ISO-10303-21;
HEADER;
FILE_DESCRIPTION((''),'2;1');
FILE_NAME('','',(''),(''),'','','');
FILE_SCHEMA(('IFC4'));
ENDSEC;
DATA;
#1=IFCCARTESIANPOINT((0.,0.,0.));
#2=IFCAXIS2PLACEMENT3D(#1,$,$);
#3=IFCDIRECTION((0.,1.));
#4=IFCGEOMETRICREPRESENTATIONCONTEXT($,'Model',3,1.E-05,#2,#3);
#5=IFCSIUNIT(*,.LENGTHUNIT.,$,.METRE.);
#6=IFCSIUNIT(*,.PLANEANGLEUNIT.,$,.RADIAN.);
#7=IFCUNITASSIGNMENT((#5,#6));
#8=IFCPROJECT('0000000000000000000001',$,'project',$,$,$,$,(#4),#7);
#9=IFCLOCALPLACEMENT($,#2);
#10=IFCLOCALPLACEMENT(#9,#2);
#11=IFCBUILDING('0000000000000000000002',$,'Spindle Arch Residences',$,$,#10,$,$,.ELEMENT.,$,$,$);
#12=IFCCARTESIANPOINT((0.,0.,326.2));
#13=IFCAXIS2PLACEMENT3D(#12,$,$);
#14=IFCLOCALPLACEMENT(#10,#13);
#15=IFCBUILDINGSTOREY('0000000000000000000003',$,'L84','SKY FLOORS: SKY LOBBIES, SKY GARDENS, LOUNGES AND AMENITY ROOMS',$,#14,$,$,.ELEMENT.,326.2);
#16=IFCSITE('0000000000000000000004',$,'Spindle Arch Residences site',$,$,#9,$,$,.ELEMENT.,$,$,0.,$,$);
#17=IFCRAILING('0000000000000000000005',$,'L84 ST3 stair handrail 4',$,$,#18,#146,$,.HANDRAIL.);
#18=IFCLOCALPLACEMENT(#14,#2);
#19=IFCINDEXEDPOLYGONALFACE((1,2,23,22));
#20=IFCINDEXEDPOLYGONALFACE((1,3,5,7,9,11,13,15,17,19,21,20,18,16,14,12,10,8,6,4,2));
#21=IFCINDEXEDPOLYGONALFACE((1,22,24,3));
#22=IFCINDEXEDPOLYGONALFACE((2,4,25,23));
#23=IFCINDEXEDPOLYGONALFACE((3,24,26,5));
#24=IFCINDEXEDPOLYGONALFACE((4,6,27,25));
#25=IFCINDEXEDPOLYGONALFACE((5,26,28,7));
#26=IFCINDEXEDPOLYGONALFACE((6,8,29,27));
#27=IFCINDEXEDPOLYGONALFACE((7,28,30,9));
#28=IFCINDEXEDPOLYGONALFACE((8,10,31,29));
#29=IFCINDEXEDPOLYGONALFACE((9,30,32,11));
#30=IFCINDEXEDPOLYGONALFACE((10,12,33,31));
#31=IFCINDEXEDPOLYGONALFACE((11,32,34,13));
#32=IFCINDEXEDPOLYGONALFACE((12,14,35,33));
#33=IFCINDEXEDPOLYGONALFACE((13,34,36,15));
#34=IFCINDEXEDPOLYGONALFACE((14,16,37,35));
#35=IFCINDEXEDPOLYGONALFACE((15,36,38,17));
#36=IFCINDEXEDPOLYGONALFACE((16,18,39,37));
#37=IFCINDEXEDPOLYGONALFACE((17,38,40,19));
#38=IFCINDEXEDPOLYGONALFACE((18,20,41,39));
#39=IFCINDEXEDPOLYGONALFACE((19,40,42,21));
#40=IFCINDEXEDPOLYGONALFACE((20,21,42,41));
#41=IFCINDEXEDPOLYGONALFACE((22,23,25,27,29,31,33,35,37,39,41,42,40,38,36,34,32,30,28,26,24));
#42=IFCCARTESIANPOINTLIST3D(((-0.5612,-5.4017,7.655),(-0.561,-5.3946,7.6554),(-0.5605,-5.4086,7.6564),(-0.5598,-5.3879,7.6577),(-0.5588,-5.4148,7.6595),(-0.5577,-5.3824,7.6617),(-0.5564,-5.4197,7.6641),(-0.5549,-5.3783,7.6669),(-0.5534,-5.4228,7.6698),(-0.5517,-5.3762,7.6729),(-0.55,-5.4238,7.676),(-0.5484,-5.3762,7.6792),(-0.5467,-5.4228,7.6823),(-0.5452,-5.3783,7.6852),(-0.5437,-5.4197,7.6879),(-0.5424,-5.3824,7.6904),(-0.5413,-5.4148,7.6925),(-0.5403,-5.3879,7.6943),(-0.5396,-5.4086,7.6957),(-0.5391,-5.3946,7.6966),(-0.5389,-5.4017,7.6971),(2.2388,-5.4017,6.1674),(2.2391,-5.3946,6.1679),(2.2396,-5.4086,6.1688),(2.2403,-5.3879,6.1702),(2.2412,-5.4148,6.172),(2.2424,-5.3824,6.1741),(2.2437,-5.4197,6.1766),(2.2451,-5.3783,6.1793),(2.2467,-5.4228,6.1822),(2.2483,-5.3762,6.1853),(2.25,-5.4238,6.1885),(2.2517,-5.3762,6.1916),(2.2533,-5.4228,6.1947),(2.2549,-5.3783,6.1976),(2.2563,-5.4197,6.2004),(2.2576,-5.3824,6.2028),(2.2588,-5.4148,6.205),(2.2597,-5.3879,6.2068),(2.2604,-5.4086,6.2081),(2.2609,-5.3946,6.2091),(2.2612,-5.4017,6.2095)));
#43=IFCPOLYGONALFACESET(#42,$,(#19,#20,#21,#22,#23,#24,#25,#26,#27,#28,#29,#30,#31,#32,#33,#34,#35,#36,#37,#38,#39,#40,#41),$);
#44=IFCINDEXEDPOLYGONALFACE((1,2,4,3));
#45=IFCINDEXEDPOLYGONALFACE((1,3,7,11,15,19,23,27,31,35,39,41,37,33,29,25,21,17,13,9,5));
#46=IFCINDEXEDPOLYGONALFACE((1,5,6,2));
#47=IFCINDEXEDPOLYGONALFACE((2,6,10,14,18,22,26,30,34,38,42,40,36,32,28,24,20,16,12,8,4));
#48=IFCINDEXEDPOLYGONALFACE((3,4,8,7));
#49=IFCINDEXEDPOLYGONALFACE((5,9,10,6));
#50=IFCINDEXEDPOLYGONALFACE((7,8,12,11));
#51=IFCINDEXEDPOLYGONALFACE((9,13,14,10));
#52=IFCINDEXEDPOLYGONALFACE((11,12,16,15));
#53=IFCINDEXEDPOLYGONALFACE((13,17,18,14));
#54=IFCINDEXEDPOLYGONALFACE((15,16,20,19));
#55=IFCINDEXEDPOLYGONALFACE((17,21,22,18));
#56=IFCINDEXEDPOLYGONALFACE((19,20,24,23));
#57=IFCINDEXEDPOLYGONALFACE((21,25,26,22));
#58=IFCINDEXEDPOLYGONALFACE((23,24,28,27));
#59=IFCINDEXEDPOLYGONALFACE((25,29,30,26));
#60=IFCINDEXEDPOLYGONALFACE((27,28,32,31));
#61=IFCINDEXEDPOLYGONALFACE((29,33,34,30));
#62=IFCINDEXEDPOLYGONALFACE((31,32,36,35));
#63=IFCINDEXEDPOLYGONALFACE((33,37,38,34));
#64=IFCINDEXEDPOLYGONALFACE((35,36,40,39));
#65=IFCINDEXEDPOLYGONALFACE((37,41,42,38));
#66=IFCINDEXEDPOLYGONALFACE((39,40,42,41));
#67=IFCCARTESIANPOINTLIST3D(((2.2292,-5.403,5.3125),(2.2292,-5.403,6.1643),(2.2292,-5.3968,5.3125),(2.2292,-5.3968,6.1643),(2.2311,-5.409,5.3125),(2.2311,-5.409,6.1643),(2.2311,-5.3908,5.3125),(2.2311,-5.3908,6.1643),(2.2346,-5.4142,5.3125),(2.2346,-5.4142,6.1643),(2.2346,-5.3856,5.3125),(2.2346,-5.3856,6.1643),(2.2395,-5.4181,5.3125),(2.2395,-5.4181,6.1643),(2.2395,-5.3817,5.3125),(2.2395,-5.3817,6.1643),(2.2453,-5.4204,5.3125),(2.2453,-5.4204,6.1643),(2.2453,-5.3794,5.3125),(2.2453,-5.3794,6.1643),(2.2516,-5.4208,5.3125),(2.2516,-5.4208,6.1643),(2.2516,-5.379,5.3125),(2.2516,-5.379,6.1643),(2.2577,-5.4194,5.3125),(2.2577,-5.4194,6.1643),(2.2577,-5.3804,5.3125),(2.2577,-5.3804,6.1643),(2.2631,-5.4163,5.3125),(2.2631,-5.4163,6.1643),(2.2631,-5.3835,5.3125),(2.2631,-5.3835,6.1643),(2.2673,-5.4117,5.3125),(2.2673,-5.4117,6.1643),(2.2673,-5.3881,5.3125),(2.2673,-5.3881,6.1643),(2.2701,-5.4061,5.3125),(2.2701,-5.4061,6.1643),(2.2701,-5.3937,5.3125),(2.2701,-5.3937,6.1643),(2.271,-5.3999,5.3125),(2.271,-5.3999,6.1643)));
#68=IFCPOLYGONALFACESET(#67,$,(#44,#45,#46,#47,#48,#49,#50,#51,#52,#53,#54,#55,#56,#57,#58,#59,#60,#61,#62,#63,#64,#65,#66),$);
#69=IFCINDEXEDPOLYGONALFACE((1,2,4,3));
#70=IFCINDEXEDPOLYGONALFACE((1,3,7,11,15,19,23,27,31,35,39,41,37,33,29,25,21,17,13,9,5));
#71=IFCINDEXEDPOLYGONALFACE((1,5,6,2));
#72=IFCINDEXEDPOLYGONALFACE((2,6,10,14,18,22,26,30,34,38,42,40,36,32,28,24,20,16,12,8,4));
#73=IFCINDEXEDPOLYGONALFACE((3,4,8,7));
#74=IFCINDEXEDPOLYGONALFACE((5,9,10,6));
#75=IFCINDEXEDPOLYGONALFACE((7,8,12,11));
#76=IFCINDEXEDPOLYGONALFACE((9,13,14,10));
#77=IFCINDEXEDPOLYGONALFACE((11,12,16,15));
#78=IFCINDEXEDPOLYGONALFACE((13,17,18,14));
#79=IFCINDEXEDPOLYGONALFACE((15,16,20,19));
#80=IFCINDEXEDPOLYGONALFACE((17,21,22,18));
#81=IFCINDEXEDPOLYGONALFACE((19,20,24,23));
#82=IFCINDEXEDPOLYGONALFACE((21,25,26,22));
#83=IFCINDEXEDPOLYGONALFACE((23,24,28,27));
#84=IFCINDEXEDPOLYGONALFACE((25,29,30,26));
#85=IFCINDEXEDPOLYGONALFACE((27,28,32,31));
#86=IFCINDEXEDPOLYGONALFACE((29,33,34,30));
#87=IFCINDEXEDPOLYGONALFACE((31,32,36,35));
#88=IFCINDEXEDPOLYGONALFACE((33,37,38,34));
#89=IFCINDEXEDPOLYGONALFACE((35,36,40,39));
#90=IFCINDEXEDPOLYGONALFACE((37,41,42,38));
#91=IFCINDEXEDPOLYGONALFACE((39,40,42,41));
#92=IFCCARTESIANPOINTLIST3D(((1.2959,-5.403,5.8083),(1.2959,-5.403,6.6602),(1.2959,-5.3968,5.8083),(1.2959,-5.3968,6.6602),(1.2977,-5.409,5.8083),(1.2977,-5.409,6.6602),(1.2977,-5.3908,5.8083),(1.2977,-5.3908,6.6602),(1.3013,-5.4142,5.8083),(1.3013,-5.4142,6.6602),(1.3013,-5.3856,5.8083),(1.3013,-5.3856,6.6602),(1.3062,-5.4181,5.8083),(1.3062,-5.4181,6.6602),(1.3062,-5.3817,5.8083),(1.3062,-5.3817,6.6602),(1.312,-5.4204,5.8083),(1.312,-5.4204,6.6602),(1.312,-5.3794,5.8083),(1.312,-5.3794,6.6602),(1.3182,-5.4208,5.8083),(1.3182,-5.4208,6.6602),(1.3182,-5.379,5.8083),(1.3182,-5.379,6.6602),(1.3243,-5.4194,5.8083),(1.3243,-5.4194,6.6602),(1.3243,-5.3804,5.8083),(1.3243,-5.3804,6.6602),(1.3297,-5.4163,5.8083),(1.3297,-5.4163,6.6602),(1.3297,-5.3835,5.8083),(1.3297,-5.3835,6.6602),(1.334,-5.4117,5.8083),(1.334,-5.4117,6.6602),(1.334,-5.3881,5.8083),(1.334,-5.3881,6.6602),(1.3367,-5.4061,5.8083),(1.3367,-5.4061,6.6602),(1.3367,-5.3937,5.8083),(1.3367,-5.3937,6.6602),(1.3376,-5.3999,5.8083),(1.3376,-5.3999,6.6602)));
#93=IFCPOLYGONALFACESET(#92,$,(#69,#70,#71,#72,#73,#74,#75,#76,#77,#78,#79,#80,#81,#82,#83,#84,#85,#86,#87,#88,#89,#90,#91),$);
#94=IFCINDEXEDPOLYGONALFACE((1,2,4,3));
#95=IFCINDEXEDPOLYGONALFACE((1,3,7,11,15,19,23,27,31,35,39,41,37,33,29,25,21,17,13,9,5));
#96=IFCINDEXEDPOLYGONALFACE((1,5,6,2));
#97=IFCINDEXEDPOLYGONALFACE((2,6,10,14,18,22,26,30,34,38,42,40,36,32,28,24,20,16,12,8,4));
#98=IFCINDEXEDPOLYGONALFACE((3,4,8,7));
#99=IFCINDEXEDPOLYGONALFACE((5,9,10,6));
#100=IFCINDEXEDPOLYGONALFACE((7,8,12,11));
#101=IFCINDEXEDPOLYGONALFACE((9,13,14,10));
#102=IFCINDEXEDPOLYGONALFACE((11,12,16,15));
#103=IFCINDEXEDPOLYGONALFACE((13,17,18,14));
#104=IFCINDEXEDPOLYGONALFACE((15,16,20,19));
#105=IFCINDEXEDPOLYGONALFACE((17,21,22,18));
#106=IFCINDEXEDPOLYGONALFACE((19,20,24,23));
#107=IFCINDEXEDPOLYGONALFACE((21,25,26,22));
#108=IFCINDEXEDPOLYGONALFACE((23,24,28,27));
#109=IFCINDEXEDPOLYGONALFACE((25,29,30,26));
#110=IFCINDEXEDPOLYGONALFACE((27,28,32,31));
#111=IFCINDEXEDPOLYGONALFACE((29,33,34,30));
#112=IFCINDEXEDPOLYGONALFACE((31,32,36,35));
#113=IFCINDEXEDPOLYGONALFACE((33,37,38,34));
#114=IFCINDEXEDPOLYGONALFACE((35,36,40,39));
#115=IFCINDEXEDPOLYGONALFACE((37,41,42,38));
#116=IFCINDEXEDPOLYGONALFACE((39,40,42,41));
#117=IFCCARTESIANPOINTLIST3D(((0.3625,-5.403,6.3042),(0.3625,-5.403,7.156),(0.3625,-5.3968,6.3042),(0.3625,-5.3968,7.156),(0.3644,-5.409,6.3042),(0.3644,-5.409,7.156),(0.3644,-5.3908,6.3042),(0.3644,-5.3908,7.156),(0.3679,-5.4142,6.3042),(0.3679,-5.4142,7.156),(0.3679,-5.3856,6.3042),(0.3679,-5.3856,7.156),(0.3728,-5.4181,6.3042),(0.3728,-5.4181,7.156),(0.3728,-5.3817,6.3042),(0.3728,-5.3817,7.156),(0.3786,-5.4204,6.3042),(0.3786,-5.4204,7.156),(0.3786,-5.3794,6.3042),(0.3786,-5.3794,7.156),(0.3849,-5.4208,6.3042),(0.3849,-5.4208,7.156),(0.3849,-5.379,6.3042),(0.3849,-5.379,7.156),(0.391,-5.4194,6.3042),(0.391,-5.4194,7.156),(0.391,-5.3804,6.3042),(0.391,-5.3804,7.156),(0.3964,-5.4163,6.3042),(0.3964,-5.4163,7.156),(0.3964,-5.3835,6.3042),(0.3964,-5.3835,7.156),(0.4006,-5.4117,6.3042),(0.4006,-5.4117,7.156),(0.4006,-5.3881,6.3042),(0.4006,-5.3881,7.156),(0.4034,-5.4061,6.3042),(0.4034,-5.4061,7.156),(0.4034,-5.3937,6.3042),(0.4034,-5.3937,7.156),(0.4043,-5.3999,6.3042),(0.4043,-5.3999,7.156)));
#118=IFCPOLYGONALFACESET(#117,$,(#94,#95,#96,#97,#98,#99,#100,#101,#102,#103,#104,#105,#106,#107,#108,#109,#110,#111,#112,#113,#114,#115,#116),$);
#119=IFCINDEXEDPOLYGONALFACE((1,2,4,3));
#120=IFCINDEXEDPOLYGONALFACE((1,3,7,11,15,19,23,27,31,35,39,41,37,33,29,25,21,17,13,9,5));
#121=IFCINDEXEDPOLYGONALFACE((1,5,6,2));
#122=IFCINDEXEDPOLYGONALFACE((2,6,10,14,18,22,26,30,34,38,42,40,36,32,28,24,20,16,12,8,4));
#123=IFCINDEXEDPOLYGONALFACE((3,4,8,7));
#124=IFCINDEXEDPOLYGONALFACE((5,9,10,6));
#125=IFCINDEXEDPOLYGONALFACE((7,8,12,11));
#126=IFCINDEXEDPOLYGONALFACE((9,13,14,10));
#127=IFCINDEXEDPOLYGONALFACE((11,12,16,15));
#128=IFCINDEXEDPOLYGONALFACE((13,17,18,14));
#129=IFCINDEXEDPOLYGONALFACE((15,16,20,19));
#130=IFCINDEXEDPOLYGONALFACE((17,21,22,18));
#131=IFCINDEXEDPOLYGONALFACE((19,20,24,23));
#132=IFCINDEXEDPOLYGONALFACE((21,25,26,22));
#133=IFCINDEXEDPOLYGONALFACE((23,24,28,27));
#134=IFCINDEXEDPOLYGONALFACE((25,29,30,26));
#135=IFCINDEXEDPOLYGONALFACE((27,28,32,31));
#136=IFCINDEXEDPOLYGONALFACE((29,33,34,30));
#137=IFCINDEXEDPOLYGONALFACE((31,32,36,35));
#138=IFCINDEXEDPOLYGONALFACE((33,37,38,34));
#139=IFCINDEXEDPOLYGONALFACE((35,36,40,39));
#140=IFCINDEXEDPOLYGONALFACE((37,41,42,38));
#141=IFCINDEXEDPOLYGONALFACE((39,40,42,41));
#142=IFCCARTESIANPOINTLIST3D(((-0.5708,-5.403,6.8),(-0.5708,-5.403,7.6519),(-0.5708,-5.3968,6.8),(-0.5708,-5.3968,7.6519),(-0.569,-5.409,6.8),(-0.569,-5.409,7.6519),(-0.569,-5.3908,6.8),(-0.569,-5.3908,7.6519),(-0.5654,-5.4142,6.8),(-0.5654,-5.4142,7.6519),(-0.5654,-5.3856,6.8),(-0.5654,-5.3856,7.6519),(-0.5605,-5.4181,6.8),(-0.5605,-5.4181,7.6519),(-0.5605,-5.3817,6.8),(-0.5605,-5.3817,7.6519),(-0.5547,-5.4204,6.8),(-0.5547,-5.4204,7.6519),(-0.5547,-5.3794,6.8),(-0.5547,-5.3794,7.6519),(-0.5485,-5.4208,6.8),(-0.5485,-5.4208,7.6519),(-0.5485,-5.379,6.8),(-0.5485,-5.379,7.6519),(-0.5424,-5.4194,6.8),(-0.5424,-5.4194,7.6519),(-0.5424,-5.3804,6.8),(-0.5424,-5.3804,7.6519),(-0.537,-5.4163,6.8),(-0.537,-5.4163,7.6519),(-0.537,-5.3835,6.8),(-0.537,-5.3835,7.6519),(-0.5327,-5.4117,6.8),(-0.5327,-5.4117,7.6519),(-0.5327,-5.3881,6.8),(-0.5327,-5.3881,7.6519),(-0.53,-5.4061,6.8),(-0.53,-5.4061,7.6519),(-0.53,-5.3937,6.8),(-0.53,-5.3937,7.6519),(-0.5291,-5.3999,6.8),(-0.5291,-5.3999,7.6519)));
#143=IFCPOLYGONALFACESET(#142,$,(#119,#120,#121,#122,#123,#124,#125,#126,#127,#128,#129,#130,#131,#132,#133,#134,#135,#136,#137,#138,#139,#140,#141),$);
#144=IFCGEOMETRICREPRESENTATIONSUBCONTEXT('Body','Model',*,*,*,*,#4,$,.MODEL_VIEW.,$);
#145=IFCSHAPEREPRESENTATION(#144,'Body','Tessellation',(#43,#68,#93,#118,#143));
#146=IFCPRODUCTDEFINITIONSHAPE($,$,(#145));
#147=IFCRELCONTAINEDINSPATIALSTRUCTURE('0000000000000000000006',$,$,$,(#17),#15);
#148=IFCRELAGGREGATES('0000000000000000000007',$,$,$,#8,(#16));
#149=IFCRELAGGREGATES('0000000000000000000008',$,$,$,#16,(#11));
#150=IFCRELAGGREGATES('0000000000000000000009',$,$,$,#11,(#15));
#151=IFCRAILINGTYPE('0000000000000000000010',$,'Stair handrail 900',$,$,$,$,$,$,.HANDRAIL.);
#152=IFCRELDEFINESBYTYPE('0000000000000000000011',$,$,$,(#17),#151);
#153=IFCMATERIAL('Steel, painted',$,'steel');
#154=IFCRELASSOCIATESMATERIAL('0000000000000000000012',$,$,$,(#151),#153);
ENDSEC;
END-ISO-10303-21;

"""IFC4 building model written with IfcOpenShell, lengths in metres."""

from ifc_helpers import new_model, si_unit, direction, frame, origin, origin_2d, place, context, subcontext, project, spatial, circle, extrude, material, type_object, element, save


model = new_model("IFC4")

# Units and contexts
model_context = context("Model", 3, precision=1e-05, world=origin(), true_north=direction((0.0, 1.0)))
body_context = subcontext(model_context, "Body", "Model", "MODEL_VIEW")
ifc_project = project(units=[si_unit("LENGTHUNIT", "METRE"), si_unit("PLANEANGLEUNIT", "RADIAN")], contexts=[model_context])

# Site, building, storey
site_placement = place(None, origin())
site = spatial("IfcSite", under=ifc_project, at=site_placement, Name="Spindle Arch Residences site", CompositionType="ELEMENT", RefElevation=0.0)
building_placement = place(site_placement, origin())
building = spatial("IfcBuilding", under=site, at=building_placement, Name="Spindle Arch Residences", CompositionType="ELEMENT")
storey_placement = place(building_placement, frame((0.0, 0.0, 326.2)))
storey = spatial("IfcBuildingStorey", under=building, at=storey_placement, Name="L84", Description="SKY FLOORS: SKY LOBBIES, SKY GARDENS, LOUNGES AND AMENITY ROOMS", CompositionType="ELEMENT", Elevation=326.2)

# Railing
ifc_material_1 = material(Name="Steel, painted", Category="steel")
railing_type = type_object("IfcRailingType", Name="Stair handrail 900", PredefinedType="HANDRAIL", material=ifc_material_1)
for number, where, name in (
    (1, (2.25, -5.3999, 5.3125), "L84 ST3 stair handrail 4"),
):
    element("IfcRailing", number, at=place(storey_placement, frame(where)), inside=storey, type_object=railing_type, Name=name, PredefinedType="HANDRAIL", context=body_context, shape_type="SweptSolid", body=[
        extrude(circle(Radius=0.0239, at=origin_2d()), frame((0.0, 0.0, 0.876), z_axis=(-0.883113, 0.0, 0.469161), x_axis=(0.0, -1.0, 0.0)), (0.0, 0.0, 1.0), 3.1707),
        extrude(circle(Radius=0.021, at=origin_2d()), origin(), (0.0, 0.0, 1.0), 0.8518),
        extrude(circle(Radius=0.021, at=origin_2d()), frame((-0.9333, 0.0, 0.4958)), (0.0, 0.0, 1.0), 0.8518),
        extrude(circle(Radius=0.021, at=origin_2d()), frame((-1.8667, 0.0, 0.9917)), (0.0, 0.0, 1.0), 0.8518),
        extrude(circle(Radius=0.021, at=origin_2d()), frame((-2.8, 0.0, 1.4875)), (0.0, 0.0, 1.0), 0.8518),
    ])

save(model, "model.ifc")
